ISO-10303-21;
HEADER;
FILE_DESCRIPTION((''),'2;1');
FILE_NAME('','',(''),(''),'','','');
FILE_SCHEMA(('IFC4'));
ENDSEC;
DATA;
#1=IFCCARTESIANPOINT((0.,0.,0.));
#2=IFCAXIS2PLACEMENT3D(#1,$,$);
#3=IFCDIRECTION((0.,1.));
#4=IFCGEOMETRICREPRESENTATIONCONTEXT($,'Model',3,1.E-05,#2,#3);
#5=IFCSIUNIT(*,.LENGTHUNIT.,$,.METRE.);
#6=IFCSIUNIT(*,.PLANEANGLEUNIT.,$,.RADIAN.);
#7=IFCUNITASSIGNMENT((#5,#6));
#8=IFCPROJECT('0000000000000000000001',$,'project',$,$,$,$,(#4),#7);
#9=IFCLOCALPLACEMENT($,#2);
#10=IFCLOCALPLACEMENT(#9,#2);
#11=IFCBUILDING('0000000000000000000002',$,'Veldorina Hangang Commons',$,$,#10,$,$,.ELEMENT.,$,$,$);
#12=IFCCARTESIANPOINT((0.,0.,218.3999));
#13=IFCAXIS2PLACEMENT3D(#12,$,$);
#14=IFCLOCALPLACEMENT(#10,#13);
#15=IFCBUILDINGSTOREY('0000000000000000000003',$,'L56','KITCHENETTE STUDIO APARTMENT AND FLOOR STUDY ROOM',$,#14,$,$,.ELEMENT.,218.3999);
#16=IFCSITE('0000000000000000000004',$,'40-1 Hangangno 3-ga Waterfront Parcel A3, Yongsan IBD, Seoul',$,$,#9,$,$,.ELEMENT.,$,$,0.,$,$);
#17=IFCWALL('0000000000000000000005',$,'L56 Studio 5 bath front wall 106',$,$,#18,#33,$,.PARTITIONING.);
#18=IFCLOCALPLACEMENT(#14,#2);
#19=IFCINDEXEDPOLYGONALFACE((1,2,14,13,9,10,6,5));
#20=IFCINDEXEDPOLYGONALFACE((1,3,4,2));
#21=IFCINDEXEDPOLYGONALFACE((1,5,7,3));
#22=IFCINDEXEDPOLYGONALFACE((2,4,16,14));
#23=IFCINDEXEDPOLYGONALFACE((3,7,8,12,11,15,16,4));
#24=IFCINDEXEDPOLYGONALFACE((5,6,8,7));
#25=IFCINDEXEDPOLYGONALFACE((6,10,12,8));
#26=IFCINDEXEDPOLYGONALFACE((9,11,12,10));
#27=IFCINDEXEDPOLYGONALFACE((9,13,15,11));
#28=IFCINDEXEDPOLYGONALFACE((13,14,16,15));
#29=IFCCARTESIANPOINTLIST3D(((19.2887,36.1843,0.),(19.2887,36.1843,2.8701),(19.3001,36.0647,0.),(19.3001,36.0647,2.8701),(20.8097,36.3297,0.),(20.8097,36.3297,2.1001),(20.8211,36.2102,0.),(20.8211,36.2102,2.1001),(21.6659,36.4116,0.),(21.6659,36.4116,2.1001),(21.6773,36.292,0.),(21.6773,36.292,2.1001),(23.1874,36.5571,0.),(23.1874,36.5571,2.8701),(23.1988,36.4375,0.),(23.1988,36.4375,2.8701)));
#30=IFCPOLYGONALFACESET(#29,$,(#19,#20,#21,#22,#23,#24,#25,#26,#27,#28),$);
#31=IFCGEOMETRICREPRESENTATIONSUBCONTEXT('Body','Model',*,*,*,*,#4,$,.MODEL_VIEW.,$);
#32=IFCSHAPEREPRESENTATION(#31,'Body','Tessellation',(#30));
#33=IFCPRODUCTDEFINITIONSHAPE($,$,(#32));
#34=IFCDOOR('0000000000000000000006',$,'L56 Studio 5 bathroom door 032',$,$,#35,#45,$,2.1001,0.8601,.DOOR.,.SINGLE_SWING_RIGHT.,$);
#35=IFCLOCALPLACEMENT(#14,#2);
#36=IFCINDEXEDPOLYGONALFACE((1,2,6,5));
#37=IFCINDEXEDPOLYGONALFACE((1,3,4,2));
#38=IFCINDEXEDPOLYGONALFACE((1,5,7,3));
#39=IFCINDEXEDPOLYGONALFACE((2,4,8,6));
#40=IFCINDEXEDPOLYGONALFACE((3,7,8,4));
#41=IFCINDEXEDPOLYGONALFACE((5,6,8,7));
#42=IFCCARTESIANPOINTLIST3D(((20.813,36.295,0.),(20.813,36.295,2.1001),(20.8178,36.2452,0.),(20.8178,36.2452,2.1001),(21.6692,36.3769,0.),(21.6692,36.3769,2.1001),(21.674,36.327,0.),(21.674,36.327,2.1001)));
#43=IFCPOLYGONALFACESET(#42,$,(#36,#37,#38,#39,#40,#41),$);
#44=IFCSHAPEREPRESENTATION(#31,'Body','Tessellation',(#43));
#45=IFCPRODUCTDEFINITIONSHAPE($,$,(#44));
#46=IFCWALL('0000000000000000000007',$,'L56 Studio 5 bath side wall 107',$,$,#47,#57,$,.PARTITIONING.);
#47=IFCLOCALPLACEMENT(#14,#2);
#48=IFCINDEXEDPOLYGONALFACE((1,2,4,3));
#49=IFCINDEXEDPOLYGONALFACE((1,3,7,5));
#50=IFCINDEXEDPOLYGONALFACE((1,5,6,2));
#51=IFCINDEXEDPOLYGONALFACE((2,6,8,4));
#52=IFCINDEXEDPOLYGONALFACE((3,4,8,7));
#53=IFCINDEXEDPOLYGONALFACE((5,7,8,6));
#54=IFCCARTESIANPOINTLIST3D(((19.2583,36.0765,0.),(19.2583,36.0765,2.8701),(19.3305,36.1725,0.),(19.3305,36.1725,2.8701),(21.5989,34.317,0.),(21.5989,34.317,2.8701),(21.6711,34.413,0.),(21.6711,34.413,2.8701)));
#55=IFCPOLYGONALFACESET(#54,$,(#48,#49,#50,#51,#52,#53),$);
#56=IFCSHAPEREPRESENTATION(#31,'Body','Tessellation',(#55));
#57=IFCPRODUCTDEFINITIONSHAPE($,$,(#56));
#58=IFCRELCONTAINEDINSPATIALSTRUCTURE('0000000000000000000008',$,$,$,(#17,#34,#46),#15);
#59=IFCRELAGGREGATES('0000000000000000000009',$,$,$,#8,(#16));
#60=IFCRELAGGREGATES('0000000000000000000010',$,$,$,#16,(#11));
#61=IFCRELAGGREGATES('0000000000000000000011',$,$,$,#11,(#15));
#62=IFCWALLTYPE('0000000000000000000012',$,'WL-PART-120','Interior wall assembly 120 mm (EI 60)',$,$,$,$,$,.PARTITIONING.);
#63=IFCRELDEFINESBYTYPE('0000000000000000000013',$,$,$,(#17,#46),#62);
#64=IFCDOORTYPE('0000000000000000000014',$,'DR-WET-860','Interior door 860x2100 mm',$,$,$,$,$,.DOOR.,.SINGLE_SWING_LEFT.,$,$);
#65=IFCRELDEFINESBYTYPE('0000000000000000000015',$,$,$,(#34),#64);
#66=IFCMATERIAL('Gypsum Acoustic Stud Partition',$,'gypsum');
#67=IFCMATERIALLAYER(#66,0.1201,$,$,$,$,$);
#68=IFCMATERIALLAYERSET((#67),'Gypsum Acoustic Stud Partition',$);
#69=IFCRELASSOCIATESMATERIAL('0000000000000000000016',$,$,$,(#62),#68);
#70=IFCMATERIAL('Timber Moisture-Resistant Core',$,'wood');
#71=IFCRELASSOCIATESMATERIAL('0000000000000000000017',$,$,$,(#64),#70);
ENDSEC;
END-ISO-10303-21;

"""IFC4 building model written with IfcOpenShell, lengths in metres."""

from ifc_helpers import new_model, si_unit, direction, frame, frame_2d, origin, place, context, subcontext, project, spatial, rectangle, extrude, material, layer, layer_set, type_object, element, fill, save


model = new_model("IFC4")

# Units and contexts
model_context = context("Model", 3, precision=1e-05, world=origin(), true_north=direction((0.0, 1.0)))
body_context = subcontext(model_context, "Body", "Model", "MODEL_VIEW")
ifc_project = project(units=[si_unit("LENGTHUNIT", "METRE"), si_unit("PLANEANGLEUNIT", "RADIAN")], contexts=[model_context])

# Site, building, storey
site_placement = place(None, origin())
site = spatial("IfcSite", under=ifc_project, at=site_placement, Name="40-1 Hangangno 3-ga Waterfront Parcel A3, Yongsan IBD, Seoul", CompositionType="ELEMENT", RefElevation=0.0)
building_placement = place(site_placement, origin())
building = spatial("IfcBuilding", under=site, at=building_placement, Name="Veldorina Hangang Commons", CompositionType="ELEMENT")
storey_placement = place(building_placement, frame((0.0, 0.0, 218.3999)))
storey = spatial("IfcBuildingStorey", under=building, at=storey_placement, Name="L56", Description="KITCHENETTE STUDIO APARTMENT AND FLOOR STUDY ROOM", CompositionType="ELEMENT", Elevation=218.3999)

# Shared definitions
ifc_material_1 = material(Name="Gypsum Acoustic Stud Partition", Category="gypsum")
ifc_layer_1 = layer(ifc_material_1, 0.1201)
ifc_layer_set_1 = layer_set([ifc_layer_1], Name="Gypsum Acoustic Stud Partition")
wall_type_1 = type_object("IfcWallType", Name="WL-PART-120", Description="Interior wall assembly 120 mm (EI 60)", PredefinedType="PARTITIONING", material=ifc_layer_set_1)
ifc_material_2 = material(Name="Timber Moisture-Resistant Core", Category="wood")
door_type_1 = type_object("IfcDoorType", Name="DR-WET-860", Description="Interior door 860x2100 mm", OperationType="SINGLE_SWING_LEFT", PredefinedType="DOOR", material=ifc_material_2)

# Wall, opening, door
wall_1_placement = place(storey_placement, frame((23.1931, 36.4973, 0.0), z_axis=(0.0, 0.0, 1.0), x_axis=(-0.995459, -0.095189, 0.0)))
wall_1 = element("IfcWall", 1, at=wall_1_placement, inside=storey, type_object=wall_type_1, Name="L56 Studio 5 bath front wall 106", PredefinedType="PARTITIONING", context=body_context, shape_type="SweptSolid", body=[
    extrude(rectangle(XDim=3.9165, YDim=0.1201, at=frame_2d((1.9583, 0.0))), origin(), (0.0, 0.0, 1.0), 2.8701),
])
opening_1_placement = place(wall_1_placement, frame((1.5283, 0.0, 0.0)))
opening_1 = element("IfcOpeningElement", 2, at=opening_1_placement, cuts=wall_1, PredefinedType="OPENING", context=body_context, shape_type="SweptSolid", body=[
    extrude(rectangle(XDim=0.8601, YDim=2.1001, at=frame_2d((0.4302, 1.05))), frame((0.0, 0.0701, 0.0), z_axis=(0.0, -1.0, 0.0), x_axis=(1.0, 0.0, 0.0)), (0.0, 0.0, 1.0), 0.1401),
])
door_1_placement = place(opening_1_placement, origin())
door_1 = element("IfcDoor", 3, at=door_1_placement, inside=storey, type_object=door_type_1, Name="L56 Studio 5 bathroom door 032", OperationType="SINGLE_SWING_RIGHT", OverallHeight=2.1001, OverallWidth=0.8601, PredefinedType="DOOR", context=body_context, shape_type="SweptSolid", body=[
    extrude(rectangle(XDim=0.8601, YDim=2.1001, at=frame_2d((0.4302, 1.05))), frame((0.0, 0.0249, 0.0), z_axis=(0.0, -1.0, 0.0), x_axis=(1.0, 0.0, 0.0)), (0.0, 0.0, 1.0), 0.05),
])
fill(opening_1, door_1)

# Wall
wall_2_placement = place(storey_placement, frame((21.635, 34.365, 0.0), z_axis=(0.0, 0.0, 1.0), x_axis=(-0.799329, 0.600893, 0.0)))
element("IfcWall", 4, at=wall_2_placement, inside=storey, type_object=wall_type_1, Name="L56 Studio 5 bath side wall 107", PredefinedType="PARTITIONING", context=body_context, shape_type="SweptSolid", body=[
    extrude(rectangle(XDim=2.9282, YDim=0.1201, at=frame_2d((1.4641, 0.0))), origin(), (0.0, 0.0, 1.0), 2.8701),
])

save(model, "model.ifc")
